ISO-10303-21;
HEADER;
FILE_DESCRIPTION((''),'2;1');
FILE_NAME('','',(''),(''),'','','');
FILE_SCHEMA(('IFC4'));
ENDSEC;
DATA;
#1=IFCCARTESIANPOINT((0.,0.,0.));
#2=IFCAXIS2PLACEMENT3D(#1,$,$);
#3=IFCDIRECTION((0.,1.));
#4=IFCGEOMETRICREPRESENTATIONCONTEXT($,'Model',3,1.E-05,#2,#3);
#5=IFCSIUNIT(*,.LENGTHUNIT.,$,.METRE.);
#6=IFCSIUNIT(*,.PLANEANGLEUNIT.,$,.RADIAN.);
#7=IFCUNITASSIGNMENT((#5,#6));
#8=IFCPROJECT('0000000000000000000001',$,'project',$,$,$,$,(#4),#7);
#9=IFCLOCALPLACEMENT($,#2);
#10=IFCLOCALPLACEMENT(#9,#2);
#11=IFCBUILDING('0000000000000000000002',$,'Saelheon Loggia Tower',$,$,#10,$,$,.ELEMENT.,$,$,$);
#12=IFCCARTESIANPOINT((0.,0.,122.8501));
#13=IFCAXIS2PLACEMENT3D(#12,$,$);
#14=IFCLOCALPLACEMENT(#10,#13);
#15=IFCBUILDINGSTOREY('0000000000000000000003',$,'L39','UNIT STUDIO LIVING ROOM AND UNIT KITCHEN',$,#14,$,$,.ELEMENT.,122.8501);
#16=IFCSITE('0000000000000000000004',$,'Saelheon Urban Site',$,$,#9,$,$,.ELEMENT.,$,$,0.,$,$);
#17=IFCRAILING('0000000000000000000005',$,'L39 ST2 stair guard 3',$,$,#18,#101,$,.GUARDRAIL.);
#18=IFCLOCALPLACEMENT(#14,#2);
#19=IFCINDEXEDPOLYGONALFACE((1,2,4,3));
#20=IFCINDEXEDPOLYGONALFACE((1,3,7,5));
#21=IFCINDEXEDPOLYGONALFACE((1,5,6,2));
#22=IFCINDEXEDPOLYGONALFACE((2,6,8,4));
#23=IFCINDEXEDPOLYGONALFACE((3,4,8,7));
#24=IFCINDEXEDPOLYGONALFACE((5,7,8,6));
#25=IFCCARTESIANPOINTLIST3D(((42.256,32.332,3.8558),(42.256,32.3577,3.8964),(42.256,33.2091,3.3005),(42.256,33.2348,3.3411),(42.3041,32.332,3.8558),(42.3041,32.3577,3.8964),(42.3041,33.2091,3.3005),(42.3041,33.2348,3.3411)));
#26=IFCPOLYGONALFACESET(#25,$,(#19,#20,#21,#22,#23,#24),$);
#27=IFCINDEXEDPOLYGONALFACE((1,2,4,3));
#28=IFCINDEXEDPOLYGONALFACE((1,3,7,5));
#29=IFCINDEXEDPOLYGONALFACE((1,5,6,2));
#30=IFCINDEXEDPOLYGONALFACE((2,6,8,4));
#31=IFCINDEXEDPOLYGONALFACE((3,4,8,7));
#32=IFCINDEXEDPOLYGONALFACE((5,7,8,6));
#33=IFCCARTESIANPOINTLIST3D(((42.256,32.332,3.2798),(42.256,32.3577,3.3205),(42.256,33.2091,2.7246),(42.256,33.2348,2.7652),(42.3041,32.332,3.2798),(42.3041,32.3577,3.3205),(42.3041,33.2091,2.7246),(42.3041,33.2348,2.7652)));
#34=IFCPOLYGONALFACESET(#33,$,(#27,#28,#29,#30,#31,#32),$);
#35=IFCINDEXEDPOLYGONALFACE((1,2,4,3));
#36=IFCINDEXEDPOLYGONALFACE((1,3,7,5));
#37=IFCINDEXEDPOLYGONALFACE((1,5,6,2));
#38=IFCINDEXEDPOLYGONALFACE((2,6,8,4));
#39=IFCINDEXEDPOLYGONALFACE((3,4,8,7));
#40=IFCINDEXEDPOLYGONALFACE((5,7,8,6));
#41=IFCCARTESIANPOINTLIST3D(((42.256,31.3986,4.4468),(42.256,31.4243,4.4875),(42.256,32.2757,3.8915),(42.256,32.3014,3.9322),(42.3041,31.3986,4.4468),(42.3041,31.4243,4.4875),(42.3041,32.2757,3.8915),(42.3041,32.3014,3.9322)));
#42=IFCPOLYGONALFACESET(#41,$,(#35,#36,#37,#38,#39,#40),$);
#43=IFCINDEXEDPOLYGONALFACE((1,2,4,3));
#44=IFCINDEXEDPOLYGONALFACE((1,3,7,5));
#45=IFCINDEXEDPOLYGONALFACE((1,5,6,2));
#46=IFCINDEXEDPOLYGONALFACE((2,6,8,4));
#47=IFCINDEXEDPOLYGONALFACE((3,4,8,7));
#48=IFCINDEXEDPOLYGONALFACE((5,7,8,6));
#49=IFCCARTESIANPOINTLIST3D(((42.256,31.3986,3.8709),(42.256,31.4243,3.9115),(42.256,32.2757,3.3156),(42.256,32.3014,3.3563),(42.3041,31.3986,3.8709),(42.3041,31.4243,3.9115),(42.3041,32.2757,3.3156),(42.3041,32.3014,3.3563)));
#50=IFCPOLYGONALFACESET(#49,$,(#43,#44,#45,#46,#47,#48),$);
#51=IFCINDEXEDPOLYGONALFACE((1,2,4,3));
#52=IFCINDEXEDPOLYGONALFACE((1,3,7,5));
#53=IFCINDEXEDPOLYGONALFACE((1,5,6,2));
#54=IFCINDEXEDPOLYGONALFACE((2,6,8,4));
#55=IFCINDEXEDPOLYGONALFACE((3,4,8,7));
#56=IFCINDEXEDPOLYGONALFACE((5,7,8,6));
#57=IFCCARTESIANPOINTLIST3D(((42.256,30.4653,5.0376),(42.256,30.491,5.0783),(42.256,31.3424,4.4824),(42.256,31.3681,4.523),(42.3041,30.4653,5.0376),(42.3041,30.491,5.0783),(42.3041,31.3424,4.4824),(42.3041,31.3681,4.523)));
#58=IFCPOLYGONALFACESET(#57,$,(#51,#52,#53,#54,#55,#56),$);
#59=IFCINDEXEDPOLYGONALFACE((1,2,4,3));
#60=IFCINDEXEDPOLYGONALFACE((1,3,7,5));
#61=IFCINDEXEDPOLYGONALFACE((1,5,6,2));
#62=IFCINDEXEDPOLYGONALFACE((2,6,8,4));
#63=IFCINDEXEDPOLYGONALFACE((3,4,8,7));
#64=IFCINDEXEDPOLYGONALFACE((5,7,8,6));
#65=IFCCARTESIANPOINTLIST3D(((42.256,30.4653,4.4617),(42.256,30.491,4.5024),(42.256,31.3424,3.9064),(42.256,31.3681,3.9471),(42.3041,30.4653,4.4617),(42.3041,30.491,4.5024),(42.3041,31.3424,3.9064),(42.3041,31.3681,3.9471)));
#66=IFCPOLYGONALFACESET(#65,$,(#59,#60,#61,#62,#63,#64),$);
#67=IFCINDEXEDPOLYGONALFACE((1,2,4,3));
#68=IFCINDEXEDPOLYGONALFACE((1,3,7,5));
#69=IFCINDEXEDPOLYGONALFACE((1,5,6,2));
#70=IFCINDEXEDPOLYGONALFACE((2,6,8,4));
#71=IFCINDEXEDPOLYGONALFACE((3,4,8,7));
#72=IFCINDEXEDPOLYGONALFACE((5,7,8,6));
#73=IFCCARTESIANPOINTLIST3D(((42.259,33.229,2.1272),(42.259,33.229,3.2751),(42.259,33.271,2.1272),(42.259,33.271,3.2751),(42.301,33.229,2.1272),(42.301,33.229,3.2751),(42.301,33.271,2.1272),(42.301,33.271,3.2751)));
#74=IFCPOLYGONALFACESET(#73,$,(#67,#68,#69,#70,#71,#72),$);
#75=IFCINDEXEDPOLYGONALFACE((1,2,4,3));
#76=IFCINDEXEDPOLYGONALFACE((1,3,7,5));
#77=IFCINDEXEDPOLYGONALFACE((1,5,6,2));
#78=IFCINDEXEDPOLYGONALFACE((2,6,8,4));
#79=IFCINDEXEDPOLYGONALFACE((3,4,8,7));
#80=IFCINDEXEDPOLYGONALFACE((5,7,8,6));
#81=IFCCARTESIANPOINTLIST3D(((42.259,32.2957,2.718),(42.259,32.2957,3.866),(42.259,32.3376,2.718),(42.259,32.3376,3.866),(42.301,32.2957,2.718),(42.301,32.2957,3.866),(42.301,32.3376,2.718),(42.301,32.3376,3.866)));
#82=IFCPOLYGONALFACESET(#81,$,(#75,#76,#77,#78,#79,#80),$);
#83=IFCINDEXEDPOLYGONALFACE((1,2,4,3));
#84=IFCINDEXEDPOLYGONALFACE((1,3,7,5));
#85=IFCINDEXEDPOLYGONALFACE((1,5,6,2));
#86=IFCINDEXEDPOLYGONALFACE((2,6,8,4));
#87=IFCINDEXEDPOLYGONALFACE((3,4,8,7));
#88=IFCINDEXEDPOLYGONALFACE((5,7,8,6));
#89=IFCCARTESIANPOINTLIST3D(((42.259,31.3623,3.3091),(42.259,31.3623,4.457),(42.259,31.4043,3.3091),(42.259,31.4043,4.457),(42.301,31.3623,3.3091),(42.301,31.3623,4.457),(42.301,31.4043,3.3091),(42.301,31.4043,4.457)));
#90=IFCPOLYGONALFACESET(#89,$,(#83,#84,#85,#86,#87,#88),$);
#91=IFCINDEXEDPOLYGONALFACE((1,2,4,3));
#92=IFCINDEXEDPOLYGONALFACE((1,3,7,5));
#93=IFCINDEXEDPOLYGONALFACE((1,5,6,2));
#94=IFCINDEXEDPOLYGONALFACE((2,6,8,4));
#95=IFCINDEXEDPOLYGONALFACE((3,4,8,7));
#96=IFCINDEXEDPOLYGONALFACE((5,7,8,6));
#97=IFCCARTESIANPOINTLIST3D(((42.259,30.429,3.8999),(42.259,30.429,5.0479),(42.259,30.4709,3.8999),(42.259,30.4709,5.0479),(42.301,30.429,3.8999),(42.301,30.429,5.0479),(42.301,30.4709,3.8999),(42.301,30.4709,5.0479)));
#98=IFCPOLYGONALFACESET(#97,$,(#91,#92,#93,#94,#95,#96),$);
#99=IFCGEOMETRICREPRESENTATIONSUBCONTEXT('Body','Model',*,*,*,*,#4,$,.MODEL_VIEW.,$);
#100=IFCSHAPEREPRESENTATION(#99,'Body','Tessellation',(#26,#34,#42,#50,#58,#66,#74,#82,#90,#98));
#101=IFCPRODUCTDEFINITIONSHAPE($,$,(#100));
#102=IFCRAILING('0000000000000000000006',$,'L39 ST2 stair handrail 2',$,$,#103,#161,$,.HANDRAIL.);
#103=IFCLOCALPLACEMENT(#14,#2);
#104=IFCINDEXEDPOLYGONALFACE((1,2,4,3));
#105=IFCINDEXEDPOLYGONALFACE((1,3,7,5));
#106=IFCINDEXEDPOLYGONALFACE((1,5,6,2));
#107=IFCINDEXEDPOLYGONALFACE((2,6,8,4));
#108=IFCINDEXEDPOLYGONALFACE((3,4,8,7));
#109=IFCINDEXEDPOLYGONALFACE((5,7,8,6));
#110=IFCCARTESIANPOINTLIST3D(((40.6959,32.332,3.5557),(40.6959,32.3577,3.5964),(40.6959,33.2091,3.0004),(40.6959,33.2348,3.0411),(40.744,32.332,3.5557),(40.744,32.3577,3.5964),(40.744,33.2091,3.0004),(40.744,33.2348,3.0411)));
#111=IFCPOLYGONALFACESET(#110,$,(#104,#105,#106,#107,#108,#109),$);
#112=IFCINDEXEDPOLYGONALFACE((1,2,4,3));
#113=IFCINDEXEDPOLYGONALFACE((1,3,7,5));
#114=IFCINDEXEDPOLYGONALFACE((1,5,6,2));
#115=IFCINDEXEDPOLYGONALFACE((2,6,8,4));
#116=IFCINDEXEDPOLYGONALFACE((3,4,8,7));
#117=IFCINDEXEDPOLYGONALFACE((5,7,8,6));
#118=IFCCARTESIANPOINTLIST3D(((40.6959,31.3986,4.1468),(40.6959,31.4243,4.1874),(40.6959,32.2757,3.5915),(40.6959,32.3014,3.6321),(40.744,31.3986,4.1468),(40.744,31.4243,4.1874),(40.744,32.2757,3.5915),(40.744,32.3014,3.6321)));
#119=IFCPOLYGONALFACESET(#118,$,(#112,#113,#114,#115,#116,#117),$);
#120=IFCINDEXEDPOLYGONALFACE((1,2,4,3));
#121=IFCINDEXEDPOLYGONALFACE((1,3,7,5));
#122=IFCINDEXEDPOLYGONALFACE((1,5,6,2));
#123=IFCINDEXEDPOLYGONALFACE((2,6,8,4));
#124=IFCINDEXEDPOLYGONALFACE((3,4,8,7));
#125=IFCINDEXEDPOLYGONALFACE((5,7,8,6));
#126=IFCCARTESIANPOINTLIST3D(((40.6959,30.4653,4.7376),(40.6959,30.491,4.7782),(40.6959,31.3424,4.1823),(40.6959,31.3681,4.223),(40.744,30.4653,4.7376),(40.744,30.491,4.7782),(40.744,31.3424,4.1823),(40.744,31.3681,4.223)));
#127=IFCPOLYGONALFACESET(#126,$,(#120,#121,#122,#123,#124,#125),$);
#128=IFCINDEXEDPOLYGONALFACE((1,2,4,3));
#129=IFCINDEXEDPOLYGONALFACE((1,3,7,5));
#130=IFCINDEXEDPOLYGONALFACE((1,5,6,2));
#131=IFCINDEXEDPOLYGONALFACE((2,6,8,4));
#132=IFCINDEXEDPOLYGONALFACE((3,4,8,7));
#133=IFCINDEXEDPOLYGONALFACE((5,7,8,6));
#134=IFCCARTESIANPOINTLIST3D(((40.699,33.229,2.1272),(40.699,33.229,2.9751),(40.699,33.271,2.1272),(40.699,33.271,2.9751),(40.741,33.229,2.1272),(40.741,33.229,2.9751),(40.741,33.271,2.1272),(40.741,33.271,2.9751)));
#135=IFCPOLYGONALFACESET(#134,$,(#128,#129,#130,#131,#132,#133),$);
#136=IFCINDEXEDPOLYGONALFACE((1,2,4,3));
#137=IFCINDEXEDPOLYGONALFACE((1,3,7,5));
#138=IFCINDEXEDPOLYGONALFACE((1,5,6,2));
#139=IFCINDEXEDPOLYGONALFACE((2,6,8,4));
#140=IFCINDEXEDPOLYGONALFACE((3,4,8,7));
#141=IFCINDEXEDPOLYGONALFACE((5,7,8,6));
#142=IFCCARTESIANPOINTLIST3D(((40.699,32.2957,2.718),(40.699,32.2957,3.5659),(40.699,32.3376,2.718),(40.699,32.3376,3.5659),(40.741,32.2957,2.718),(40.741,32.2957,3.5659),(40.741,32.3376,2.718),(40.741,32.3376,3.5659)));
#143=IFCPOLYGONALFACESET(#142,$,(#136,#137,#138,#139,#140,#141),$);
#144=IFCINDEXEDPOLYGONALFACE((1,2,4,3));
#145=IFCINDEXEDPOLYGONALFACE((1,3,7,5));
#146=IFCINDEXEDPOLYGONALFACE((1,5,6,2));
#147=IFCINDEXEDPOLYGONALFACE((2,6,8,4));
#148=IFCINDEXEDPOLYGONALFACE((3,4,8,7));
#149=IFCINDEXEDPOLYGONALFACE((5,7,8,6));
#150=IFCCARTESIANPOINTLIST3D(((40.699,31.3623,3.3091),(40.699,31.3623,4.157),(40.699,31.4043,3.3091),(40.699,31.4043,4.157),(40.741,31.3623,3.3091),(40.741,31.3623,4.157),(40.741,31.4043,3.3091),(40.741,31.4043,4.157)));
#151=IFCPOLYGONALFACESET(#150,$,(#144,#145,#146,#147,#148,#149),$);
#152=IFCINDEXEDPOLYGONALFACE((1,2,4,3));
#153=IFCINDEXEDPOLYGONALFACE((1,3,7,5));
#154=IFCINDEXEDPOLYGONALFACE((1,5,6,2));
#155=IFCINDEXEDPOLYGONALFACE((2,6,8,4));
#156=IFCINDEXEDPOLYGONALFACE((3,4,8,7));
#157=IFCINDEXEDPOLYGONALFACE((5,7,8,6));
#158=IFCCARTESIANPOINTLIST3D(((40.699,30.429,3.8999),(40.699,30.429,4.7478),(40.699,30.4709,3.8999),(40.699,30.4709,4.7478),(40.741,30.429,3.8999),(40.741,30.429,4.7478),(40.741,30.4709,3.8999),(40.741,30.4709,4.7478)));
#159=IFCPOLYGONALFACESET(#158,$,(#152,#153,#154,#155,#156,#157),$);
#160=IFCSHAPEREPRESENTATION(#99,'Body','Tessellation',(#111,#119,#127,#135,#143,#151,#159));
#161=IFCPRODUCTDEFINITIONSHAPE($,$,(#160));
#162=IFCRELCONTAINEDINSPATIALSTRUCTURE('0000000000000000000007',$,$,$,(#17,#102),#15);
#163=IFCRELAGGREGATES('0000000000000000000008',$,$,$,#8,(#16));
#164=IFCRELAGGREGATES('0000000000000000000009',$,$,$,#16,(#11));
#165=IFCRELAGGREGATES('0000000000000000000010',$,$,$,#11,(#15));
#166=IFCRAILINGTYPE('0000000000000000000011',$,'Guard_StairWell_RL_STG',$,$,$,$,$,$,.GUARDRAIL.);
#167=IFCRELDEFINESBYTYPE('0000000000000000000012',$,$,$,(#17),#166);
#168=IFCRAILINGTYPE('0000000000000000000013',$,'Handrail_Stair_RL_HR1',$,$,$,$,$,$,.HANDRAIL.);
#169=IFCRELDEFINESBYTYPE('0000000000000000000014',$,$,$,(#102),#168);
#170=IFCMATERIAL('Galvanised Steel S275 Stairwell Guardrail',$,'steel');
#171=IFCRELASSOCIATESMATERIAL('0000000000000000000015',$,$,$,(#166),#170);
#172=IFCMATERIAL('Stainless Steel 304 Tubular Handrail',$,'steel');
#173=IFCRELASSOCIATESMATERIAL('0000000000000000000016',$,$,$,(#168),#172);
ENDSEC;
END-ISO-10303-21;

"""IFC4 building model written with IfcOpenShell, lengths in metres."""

from ifc_helpers import new_model, si_unit, direction, frame, origin, origin_2d, place, context, subcontext, project, spatial, rectangle, extrude, material, type_object, element, save


model = new_model("IFC4")

# Units and contexts
model_context = context("Model", 3, precision=1e-05, world=origin(), true_north=direction((0.0, 1.0)))
body_context = subcontext(model_context, "Body", "Model", "MODEL_VIEW")
ifc_project = project(units=[si_unit("LENGTHUNIT", "METRE"), si_unit("PLANEANGLEUNIT", "RADIAN")], contexts=[model_context])

# Site, building, storey
site_placement = place(None, origin())
site = spatial("IfcSite", under=ifc_project, at=site_placement, Name="Saelheon Urban Site", CompositionType="ELEMENT", RefElevation=0.0)
building_placement = place(site_placement, origin())
building = spatial("IfcBuilding", under=site, at=building_placement, Name="Saelheon Loggia Tower", CompositionType="ELEMENT")
storey_placement = place(building_placement, frame((0.0, 0.0, 122.8501)))
storey = spatial("IfcBuildingStorey", under=building, at=storey_placement, Name="L39", Description="UNIT STUDIO LIVING ROOM AND UNIT KITCHEN", CompositionType="ELEMENT", Elevation=122.8501)

# Railings
ifc_material_1 = material(Name="Galvanised Steel S275 Stairwell Guardrail", Category="steel")
railing_type_1 = type_object("IfcRailingType", Name="Guard_StairWell_RL_STG", PredefinedType="GUARDRAIL", material=ifc_material_1)
railing_1_placement = place(storey_placement, frame((42.28, 33.25, 2.1272)))
element("IfcRailing", 1, at=railing_1_placement, inside=storey, type_object=railing_type_1, Name="L39 ST2 stair guard 3", PredefinedType="GUARDRAIL", context=body_context, shape_type="SweptSolid", body=[
    extrude(rectangle(XDim=0.0481, YDim=0.0481, at=origin_2d()), frame((0.0, -0.0281, 1.1936), z_axis=(0.0, -0.844909, 0.53491), x_axis=(1.0, 0.0, 0.0)), (0.0, 0.0, 1.0), 1.0381),
    extrude(rectangle(XDim=0.0481, YDim=0.0481, at=origin_2d()), frame((0.0, -0.0281, 0.6177), z_axis=(0.0, -0.844909, 0.53491), x_axis=(1.0, 0.0, 0.0)), (0.0, 0.0, 1.0), 1.0381),
    extrude(rectangle(XDim=0.0481, YDim=0.0481, at=origin_2d()), frame((0.0, -0.9614, 1.7847), z_axis=(0.0, -0.844909, 0.53491), x_axis=(1.0, 0.0, 0.0)), (0.0, 0.0, 1.0), 1.0381),
    extrude(rectangle(XDim=0.0481, YDim=0.0481, at=origin_2d()), frame((0.0, -0.9614, 1.2087), z_axis=(0.0, -0.844909, 0.53491), x_axis=(1.0, 0.0, 0.0)), (0.0, 0.0, 1.0), 1.0381),
    extrude(rectangle(XDim=0.0481, YDim=0.0481, at=origin_2d()), frame((0.0, -1.8948, 2.3755), z_axis=(0.0, -0.844909, 0.53491), x_axis=(1.0, 0.0, 0.0)), (0.0, 0.0, 1.0), 1.0381),
    extrude(rectangle(XDim=0.0481, YDim=0.0481, at=origin_2d()), frame((0.0, -1.8948, 1.7996), z_axis=(0.0, -0.844909, 0.53491), x_axis=(1.0, 0.0, 0.0)), (0.0, 0.0, 1.0), 1.0381),
    extrude(rectangle(XDim=0.042, YDim=0.042, at=origin_2d()), origin(), (0.0, 0.0, 1.0), 1.1479),
    extrude(rectangle(XDim=0.042, YDim=0.042, at=origin_2d()), frame((0.0, -0.9333, 0.5908)), (0.0, 0.0, 1.0), 1.1479),
    extrude(rectangle(XDim=0.042, YDim=0.042, at=origin_2d()), frame((0.0, -1.8667, 1.1819)), (0.0, 0.0, 1.0), 1.1479),
    extrude(rectangle(XDim=0.042, YDim=0.042, at=origin_2d()), frame((0.0, -2.8, 1.7727)), (0.0, 0.0, 1.0), 1.1479),
])
ifc_material_2 = material(Name="Stainless Steel 304 Tubular Handrail", Category="steel")
railing_type_2 = type_object("IfcRailingType", Name="Handrail_Stair_RL_HR1", PredefinedType="HANDRAIL", material=ifc_material_2)
railing_2_placement = place(storey_placement, frame((40.72, 33.25, 2.1272)))
element("IfcRailing", 2, at=railing_2_placement, inside=storey, type_object=railing_type_2, Name="L39 ST2 stair handrail 2", PredefinedType="HANDRAIL", context=body_context, shape_type="SweptSolid", body=[
    extrude(rectangle(XDim=0.0481, YDim=0.0481, at=origin_2d()), frame((0.0, -0.0281, 0.8936), z_axis=(0.0, -0.844909, 0.53491), x_axis=(1.0, 0.0, 0.0)), (0.0, 0.0, 1.0), 1.0381),
    extrude(rectangle(XDim=0.0481, YDim=0.0481, at=origin_2d()), frame((0.0, -0.9614, 1.4846), z_axis=(0.0, -0.844909, 0.53491), x_axis=(1.0, 0.0, 0.0)), (0.0, 0.0, 1.0), 1.0381),
    extrude(rectangle(XDim=0.0481, YDim=0.0481, at=origin_2d()), frame((0.0, -1.8948, 2.0754), z_axis=(0.0, -0.844909, 0.53491), x_axis=(1.0, 0.0, 0.0)), (0.0, 0.0, 1.0), 1.0381),
    extrude(rectangle(XDim=0.042, YDim=0.042, at=origin_2d()), origin(), (0.0, 0.0, 1.0), 0.8479),
    extrude(rectangle(XDim=0.042, YDim=0.042, at=origin_2d()), frame((0.0, -0.9333, 0.5908)), (0.0, 0.0, 1.0), 0.8479),
    extrude(rectangle(XDim=0.042, YDim=0.042, at=origin_2d()), frame((0.0, -1.8667, 1.1819)), (0.0, 0.0, 1.0), 0.8479),
    extrude(rectangle(XDim=0.042, YDim=0.042, at=origin_2d()), frame((0.0, -2.8, 1.7727)), (0.0, 0.0, 1.0), 0.8479),
])

save(model, "model.ifc")
